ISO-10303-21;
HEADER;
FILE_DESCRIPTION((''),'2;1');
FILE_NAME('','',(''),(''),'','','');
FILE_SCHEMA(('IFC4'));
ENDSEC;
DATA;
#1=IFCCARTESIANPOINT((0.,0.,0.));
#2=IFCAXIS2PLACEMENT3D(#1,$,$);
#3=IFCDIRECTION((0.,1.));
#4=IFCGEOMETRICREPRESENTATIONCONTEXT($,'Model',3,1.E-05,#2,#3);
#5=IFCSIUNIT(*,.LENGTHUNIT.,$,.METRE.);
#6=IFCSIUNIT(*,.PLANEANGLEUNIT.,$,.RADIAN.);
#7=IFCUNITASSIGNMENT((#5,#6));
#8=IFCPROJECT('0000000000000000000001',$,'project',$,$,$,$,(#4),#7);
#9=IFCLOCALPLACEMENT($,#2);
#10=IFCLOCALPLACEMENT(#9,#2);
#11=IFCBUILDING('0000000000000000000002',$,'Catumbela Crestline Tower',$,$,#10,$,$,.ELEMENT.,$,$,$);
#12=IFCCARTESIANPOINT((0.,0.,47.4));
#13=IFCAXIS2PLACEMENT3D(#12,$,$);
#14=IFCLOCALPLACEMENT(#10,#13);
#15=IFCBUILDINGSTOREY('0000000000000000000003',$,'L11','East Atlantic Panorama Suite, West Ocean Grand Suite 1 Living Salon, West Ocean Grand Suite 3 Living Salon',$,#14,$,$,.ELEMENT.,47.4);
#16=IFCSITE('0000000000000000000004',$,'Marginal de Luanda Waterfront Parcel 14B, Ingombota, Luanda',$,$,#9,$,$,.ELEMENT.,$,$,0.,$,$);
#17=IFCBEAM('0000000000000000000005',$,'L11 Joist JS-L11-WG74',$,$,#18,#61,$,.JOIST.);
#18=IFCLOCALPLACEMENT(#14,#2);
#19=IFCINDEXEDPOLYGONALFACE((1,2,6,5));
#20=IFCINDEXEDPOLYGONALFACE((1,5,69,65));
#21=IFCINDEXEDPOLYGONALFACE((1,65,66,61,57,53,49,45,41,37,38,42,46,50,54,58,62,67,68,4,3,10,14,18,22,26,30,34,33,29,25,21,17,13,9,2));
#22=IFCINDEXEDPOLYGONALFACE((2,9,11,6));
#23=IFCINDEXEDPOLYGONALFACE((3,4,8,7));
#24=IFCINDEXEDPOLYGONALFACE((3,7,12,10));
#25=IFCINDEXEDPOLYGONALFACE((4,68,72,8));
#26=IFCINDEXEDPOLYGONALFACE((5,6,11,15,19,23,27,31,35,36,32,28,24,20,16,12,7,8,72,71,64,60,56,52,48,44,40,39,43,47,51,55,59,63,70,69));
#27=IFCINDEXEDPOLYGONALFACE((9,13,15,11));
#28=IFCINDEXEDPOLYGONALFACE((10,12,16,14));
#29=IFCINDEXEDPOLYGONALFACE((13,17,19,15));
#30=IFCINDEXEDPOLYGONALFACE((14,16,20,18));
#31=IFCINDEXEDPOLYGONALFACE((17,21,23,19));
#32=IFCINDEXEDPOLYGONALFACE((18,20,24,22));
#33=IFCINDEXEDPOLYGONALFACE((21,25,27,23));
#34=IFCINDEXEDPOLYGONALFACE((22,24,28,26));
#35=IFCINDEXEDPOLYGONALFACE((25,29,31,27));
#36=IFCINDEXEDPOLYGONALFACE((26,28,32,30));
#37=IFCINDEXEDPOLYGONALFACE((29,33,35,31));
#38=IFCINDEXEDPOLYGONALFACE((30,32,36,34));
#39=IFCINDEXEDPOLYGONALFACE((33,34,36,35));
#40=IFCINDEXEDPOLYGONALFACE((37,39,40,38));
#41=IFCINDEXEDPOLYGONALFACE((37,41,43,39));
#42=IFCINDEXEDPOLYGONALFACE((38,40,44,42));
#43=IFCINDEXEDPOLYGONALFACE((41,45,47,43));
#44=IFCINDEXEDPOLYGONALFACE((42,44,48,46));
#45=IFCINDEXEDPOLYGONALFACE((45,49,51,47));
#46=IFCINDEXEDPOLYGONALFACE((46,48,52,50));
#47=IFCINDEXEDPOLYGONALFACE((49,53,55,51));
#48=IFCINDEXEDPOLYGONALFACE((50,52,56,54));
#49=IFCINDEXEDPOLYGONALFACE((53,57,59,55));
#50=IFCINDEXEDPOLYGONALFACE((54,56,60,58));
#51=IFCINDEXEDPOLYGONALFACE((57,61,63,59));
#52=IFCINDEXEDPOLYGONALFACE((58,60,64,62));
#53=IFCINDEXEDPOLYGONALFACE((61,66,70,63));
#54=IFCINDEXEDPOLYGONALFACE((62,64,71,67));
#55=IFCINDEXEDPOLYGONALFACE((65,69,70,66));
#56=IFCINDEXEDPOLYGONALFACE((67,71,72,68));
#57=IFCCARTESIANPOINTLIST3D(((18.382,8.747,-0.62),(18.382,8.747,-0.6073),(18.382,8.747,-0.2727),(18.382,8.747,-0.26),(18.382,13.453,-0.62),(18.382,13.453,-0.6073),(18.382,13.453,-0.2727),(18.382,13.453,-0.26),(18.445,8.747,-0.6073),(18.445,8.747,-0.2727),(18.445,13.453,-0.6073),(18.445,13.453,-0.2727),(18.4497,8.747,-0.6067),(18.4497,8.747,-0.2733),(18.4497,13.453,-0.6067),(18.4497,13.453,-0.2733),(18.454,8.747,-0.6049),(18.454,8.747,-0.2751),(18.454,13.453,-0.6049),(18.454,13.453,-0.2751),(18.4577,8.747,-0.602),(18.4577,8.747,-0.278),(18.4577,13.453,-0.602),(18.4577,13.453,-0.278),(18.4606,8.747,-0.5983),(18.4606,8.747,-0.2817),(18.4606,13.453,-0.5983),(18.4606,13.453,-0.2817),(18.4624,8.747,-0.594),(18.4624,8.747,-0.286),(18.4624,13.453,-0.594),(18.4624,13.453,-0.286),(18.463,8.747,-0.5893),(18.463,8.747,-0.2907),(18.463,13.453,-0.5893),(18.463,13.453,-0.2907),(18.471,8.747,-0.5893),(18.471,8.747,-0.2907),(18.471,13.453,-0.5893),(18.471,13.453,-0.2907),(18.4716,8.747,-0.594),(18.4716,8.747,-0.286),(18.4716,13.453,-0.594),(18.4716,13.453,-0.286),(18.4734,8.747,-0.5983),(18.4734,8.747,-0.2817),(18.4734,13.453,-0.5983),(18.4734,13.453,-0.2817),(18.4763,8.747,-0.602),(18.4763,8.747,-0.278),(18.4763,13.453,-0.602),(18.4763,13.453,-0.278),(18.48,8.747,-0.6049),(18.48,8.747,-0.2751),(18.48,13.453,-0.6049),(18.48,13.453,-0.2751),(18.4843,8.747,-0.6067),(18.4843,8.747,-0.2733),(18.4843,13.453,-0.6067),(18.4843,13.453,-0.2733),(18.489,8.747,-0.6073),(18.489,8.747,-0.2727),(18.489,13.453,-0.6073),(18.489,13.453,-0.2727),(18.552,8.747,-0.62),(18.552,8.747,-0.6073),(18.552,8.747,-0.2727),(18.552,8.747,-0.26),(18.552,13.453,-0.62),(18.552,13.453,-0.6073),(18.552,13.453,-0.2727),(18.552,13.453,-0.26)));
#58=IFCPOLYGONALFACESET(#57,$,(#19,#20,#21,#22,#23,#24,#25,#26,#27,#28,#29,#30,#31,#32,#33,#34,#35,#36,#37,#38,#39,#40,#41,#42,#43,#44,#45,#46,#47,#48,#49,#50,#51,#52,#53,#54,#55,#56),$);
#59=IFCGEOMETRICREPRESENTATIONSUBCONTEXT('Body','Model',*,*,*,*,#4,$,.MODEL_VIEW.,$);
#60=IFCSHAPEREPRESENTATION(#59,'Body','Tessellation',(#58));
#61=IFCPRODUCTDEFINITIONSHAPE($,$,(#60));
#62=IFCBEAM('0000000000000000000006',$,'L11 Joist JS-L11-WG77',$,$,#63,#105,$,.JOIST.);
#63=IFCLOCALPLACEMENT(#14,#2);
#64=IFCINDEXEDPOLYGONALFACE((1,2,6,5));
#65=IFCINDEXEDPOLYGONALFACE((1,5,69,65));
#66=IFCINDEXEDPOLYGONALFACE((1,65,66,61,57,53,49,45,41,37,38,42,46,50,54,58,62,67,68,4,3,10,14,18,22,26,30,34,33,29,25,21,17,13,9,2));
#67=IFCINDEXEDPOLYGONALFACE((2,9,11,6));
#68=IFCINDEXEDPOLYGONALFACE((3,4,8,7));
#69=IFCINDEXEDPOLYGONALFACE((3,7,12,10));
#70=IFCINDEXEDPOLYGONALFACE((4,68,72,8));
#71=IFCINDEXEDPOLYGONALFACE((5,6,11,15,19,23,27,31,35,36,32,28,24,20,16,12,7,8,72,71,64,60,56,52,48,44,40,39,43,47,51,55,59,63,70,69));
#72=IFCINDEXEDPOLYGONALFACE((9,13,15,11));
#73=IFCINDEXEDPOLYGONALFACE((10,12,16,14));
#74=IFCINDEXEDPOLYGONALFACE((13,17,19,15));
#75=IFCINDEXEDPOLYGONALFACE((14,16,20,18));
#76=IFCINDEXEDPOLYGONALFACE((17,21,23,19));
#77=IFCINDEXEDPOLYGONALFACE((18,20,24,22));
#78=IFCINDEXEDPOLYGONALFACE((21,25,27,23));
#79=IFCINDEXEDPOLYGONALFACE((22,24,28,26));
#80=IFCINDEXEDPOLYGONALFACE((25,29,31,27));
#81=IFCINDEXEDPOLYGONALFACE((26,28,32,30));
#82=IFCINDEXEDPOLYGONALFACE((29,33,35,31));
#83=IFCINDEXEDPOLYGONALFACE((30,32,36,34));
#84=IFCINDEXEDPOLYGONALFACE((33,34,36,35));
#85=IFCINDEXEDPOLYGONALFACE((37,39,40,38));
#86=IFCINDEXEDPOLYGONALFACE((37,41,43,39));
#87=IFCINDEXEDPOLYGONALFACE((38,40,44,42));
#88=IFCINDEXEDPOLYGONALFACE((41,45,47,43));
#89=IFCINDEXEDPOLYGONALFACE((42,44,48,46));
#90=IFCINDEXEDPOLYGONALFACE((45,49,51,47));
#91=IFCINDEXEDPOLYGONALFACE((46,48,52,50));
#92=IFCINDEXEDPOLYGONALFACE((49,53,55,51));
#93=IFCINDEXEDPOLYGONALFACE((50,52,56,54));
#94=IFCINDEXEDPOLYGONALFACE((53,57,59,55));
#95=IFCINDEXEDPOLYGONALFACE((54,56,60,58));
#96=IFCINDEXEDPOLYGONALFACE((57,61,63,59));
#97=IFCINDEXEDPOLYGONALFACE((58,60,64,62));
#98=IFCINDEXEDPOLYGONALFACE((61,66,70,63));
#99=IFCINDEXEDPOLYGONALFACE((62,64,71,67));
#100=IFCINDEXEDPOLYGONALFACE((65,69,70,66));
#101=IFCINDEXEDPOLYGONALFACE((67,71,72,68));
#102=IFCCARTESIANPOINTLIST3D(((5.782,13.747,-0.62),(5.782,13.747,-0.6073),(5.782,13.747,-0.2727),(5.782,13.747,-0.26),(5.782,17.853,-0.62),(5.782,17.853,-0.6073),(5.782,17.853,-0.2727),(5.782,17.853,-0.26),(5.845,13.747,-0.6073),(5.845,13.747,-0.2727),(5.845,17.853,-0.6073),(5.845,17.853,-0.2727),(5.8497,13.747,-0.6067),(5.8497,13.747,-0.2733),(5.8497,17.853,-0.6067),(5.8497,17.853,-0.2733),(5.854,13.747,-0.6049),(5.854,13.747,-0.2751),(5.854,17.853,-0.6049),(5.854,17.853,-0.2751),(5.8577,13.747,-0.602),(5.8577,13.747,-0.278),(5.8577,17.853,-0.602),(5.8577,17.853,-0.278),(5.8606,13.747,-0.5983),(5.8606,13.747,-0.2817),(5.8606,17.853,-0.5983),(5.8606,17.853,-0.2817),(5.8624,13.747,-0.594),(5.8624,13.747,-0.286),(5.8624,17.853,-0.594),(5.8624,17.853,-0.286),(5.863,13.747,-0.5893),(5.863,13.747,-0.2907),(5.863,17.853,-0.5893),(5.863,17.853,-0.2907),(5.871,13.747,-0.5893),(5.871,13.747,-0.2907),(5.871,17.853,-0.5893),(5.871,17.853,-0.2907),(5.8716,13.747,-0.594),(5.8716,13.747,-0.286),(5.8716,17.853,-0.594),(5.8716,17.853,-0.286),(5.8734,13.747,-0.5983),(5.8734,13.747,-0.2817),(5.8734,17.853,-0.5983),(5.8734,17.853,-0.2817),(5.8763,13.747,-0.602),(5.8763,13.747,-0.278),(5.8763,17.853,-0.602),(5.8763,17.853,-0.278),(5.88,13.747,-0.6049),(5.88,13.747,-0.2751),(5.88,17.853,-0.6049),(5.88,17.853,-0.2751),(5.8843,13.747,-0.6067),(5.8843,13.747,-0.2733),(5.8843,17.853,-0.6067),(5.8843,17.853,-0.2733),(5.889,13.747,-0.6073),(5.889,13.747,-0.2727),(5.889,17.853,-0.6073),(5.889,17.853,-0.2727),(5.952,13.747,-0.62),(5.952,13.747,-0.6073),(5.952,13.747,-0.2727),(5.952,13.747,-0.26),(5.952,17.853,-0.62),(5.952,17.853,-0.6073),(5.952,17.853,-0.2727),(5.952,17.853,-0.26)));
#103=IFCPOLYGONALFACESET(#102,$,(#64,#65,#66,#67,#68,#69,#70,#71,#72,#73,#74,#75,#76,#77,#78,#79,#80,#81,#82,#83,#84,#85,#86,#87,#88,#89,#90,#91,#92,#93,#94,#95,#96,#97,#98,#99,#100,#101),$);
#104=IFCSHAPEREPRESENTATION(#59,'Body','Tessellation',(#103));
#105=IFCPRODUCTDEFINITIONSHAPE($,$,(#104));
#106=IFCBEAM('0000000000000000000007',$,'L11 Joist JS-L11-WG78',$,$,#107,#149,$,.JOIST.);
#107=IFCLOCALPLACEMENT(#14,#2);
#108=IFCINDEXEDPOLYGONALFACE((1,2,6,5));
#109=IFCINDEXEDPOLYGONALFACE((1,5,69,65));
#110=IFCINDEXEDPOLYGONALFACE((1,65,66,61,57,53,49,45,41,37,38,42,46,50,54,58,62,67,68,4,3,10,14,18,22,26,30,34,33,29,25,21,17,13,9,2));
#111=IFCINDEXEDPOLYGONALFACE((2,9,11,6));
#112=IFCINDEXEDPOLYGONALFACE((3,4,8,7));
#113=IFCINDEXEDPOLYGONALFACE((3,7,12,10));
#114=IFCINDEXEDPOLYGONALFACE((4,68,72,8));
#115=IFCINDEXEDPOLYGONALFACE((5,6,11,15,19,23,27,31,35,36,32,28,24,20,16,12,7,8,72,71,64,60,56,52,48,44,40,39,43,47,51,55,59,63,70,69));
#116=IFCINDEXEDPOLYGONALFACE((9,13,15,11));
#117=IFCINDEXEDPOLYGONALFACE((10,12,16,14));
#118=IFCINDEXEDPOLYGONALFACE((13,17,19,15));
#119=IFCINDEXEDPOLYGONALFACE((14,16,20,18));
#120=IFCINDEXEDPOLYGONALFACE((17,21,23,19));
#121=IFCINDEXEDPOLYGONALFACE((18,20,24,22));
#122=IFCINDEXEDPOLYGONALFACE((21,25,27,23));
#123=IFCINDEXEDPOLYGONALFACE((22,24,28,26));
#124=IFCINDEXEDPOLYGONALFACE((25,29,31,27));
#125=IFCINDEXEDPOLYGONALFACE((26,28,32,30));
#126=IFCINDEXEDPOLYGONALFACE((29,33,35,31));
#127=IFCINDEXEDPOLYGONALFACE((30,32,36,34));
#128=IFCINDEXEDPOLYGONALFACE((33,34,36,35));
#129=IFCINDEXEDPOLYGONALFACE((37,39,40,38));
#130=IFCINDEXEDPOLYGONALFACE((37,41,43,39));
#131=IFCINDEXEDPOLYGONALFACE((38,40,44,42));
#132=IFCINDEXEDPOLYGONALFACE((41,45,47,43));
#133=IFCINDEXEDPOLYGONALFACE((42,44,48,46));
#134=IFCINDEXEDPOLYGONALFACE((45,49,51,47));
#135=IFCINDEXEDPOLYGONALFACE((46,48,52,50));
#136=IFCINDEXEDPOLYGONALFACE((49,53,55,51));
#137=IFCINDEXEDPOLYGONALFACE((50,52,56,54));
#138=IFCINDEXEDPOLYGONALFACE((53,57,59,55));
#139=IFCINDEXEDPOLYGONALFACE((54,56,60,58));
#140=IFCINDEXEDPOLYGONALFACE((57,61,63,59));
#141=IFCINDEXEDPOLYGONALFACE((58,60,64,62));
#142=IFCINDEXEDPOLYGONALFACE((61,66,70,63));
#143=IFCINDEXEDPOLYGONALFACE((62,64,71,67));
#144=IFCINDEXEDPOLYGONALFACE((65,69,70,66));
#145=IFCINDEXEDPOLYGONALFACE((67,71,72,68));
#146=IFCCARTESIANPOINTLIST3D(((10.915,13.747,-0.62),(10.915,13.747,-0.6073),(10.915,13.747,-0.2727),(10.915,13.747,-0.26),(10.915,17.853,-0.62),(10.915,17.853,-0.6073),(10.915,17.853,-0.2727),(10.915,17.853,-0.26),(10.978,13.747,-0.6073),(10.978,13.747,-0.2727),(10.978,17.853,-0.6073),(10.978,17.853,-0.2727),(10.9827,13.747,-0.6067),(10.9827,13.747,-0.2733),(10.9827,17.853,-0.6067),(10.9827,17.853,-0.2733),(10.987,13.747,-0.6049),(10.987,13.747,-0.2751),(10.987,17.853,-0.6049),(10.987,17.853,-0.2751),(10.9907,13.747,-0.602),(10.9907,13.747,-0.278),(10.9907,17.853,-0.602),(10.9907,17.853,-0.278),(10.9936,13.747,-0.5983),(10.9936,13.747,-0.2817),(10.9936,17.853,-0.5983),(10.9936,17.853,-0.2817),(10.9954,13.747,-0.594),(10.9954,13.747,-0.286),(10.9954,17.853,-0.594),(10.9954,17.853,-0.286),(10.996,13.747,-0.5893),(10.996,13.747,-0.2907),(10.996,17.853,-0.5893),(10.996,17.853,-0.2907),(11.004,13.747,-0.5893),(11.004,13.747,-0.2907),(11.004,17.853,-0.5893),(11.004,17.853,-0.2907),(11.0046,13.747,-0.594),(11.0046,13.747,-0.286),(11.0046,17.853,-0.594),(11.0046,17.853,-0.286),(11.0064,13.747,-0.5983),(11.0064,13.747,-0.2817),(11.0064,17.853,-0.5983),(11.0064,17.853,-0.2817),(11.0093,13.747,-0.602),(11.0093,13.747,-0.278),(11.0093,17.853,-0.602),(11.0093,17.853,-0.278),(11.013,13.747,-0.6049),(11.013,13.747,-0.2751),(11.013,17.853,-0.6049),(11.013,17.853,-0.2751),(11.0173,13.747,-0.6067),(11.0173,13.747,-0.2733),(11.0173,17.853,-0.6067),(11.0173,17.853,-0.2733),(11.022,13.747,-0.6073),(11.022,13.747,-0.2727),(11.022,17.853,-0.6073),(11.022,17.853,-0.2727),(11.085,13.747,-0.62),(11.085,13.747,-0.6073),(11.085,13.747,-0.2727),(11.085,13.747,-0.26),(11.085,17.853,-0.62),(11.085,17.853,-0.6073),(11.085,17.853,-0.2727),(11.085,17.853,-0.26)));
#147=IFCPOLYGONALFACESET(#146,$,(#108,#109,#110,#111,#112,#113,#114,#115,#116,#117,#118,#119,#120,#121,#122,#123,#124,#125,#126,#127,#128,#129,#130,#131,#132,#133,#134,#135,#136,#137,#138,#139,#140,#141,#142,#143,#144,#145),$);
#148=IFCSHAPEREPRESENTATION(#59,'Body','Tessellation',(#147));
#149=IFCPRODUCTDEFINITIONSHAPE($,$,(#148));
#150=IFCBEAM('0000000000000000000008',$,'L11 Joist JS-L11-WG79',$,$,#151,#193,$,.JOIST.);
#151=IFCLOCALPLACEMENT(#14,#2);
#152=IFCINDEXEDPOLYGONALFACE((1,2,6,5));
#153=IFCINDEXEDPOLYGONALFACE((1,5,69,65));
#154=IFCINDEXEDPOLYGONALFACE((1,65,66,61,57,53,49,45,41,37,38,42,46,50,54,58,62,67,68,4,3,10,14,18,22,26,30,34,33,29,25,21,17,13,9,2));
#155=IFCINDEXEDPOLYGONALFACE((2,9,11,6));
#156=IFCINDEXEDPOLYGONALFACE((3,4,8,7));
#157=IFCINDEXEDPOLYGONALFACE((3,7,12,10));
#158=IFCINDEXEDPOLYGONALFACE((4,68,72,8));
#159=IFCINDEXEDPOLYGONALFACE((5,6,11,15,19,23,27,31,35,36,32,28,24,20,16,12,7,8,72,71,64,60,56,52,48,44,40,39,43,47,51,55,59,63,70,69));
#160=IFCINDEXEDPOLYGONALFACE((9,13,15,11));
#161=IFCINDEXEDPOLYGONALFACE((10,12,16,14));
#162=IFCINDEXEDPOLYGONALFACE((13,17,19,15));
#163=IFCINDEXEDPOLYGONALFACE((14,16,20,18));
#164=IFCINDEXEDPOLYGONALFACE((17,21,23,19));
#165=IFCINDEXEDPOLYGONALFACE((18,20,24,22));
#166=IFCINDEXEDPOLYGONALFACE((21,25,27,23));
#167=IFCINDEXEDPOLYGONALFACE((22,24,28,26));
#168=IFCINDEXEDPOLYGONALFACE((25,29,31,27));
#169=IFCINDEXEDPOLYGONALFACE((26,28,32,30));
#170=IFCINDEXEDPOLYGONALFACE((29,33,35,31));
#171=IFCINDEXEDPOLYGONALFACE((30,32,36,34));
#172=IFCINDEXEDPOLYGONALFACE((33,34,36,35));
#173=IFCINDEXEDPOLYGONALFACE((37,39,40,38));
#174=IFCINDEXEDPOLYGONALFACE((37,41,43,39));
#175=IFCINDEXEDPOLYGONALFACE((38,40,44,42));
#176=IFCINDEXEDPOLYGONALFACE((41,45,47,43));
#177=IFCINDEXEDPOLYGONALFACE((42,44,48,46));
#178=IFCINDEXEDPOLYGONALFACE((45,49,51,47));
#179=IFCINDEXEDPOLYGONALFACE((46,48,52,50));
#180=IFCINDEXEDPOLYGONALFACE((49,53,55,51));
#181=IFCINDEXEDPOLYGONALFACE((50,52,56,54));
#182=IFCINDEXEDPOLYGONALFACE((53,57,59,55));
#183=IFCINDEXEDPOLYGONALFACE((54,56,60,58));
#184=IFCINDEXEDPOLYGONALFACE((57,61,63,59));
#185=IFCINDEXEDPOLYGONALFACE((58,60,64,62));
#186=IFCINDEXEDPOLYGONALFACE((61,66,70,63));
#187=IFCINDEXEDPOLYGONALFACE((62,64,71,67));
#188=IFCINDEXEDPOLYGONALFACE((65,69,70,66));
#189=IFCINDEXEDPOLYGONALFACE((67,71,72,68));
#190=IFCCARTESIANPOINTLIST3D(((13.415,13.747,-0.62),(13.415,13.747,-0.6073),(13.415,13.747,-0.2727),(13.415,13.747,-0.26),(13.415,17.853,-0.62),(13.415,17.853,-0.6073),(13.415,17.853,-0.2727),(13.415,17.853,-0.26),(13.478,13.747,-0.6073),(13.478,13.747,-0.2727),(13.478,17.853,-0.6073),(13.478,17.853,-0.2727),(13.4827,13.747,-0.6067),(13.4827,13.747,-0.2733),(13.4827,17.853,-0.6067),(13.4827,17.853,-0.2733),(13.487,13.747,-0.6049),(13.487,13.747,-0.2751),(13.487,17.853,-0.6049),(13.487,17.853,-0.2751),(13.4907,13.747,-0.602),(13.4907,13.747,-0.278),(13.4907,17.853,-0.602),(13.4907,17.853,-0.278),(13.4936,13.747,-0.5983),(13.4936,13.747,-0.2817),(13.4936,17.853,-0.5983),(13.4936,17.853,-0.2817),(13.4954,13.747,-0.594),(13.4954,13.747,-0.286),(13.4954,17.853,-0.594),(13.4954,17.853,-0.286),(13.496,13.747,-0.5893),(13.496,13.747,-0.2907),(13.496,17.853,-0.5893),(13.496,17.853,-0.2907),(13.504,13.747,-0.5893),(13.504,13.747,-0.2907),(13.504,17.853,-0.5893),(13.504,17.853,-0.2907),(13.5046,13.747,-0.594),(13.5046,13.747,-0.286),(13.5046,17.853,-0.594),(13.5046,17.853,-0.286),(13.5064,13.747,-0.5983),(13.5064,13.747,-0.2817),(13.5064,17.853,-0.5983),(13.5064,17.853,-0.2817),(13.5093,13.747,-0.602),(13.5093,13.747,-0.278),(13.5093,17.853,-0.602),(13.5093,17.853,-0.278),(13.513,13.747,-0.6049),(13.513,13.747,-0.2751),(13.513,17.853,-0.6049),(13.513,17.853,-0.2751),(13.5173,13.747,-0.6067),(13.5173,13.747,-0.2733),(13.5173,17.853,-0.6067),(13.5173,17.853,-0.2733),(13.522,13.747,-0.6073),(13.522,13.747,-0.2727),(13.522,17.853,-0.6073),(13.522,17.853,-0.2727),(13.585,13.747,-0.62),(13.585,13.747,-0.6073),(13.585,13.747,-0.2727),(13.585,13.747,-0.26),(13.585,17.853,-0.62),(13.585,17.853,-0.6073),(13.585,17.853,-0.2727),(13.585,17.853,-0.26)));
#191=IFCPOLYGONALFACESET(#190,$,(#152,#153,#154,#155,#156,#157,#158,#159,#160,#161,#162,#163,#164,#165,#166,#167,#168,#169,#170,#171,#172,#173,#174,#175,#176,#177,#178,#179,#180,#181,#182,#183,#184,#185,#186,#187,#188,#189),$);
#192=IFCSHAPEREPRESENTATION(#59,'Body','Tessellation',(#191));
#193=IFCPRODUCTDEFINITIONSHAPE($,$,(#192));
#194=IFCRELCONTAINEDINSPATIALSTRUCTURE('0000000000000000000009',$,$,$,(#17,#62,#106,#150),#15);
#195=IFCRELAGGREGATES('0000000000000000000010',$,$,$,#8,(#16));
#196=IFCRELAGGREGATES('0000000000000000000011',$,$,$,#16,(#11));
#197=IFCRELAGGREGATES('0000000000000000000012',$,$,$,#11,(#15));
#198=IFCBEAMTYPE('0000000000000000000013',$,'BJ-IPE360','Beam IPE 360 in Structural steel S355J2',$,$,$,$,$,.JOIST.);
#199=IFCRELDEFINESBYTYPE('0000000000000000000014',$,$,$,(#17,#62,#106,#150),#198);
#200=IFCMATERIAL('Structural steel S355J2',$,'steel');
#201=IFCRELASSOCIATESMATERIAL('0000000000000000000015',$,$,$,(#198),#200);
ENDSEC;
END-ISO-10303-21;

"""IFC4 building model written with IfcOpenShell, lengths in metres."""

from ifc_helpers import new_model, si_unit, direction, frame, origin, origin_2d, place, context, subcontext, project, spatial, i_section, extrude, material, material_profile, profile_set, type_object, element, save


model = new_model("IFC4")

# Units and contexts
model_context = context("Model", 3, precision=1e-05, world=origin(), true_north=direction((0.0, 1.0)))
body_context = subcontext(model_context, "Body", "Model", "MODEL_VIEW")
ifc_project = project(units=[si_unit("LENGTHUNIT", "METRE"), si_unit("PLANEANGLEUNIT", "RADIAN")], contexts=[model_context])

# Site, building, storey
site_placement = place(None, origin())
site = spatial("IfcSite", under=ifc_project, at=site_placement, Name="Marginal de Luanda Waterfront Parcel 14B, Ingombota, Luanda", CompositionType="ELEMENT", RefElevation=0.0)
building_placement = place(site_placement, origin())
building = spatial("IfcBuilding", under=site, at=building_placement, Name="Catumbela Crestline Tower", CompositionType="ELEMENT")
storey_placement = place(building_placement, frame((0.0, 0.0, 47.4)))
storey = spatial("IfcBuildingStorey", under=building, at=storey_placement, Name="L11", Description="East Atlantic Panorama Suite, West Ocean Grand Suite 1 Living Salon, West Ocean Grand Suite 3 Living Salon", CompositionType="ELEMENT", Elevation=47.4)

# Beams
ifc_material_1 = material(Name="Structural steel S355J2", Category="steel")
ifc_material_profile_1 = material_profile(ifc_material_1, i_section(OverallWidth=0.17, OverallDepth=0.36, WebThickness=0.008, FlangeThickness=0.0127, FilletRadius=0.018, at=origin_2d()), Name="IPE 360")
ifc_profile_set_1 = profile_set([ifc_material_profile_1], Name="Structural steel S355J2")
beam_type_1 = type_object("IfcBeamType", Name="BJ-IPE360", Description="Beam IPE 360 in Structural steel S355J2", PredefinedType="JOIST", material=ifc_profile_set_1)
for number, where, z_axis, x_axis, name in (
    (1, (18.467, 8.747, -0.44), (0.0, 1.0, 0.0), (-1.0, 0.0, 0.0), "L11 Joist JS-L11-WG74"),
):
    element("IfcBeam", number, at=place(storey_placement, frame(where, z_axis=z_axis, x_axis=x_axis)), inside=storey, type_object=beam_type_1, Name=name, PredefinedType="JOIST", context=body_context, shape_type="SweptSolid", body=[
        extrude(i_section(OverallWidth=0.17, OverallDepth=0.36, WebThickness=0.008, FlangeThickness=0.0127, FilletRadius=0.018, at=origin_2d()), origin(), (0.0, 0.0, 1.0), 4.706),
    ])
for number, where, z_axis, x_axis, name in (
    (2, (5.867, 13.747, -0.44), (0.0, 1.0, 0.0), (-1.0, 0.0, 0.0), "L11 Joist JS-L11-WG77"),
    (3, (11.0, 13.747, -0.44), (0.0, 1.0, 0.0), (-1.0, 0.0, 0.0), "L11 Joist JS-L11-WG78"),
    (4, (13.5, 13.747, -0.44), (0.0, 1.0, 0.0), (-1.0, 0.0, 0.0), "L11 Joist JS-L11-WG79"),
):
    element("IfcBeam", number, at=place(storey_placement, frame(where, z_axis=z_axis, x_axis=x_axis)), inside=storey, type_object=beam_type_1, Name=name, PredefinedType="JOIST", context=body_context, shape_type="SweptSolid", body=[
        extrude(i_section(OverallWidth=0.17, OverallDepth=0.36, WebThickness=0.008, FlangeThickness=0.0127, FilletRadius=0.018, at=origin_2d()), origin(), (0.0, 0.0, 1.0), 4.106),
    ])

save(model, "model.ifc")
